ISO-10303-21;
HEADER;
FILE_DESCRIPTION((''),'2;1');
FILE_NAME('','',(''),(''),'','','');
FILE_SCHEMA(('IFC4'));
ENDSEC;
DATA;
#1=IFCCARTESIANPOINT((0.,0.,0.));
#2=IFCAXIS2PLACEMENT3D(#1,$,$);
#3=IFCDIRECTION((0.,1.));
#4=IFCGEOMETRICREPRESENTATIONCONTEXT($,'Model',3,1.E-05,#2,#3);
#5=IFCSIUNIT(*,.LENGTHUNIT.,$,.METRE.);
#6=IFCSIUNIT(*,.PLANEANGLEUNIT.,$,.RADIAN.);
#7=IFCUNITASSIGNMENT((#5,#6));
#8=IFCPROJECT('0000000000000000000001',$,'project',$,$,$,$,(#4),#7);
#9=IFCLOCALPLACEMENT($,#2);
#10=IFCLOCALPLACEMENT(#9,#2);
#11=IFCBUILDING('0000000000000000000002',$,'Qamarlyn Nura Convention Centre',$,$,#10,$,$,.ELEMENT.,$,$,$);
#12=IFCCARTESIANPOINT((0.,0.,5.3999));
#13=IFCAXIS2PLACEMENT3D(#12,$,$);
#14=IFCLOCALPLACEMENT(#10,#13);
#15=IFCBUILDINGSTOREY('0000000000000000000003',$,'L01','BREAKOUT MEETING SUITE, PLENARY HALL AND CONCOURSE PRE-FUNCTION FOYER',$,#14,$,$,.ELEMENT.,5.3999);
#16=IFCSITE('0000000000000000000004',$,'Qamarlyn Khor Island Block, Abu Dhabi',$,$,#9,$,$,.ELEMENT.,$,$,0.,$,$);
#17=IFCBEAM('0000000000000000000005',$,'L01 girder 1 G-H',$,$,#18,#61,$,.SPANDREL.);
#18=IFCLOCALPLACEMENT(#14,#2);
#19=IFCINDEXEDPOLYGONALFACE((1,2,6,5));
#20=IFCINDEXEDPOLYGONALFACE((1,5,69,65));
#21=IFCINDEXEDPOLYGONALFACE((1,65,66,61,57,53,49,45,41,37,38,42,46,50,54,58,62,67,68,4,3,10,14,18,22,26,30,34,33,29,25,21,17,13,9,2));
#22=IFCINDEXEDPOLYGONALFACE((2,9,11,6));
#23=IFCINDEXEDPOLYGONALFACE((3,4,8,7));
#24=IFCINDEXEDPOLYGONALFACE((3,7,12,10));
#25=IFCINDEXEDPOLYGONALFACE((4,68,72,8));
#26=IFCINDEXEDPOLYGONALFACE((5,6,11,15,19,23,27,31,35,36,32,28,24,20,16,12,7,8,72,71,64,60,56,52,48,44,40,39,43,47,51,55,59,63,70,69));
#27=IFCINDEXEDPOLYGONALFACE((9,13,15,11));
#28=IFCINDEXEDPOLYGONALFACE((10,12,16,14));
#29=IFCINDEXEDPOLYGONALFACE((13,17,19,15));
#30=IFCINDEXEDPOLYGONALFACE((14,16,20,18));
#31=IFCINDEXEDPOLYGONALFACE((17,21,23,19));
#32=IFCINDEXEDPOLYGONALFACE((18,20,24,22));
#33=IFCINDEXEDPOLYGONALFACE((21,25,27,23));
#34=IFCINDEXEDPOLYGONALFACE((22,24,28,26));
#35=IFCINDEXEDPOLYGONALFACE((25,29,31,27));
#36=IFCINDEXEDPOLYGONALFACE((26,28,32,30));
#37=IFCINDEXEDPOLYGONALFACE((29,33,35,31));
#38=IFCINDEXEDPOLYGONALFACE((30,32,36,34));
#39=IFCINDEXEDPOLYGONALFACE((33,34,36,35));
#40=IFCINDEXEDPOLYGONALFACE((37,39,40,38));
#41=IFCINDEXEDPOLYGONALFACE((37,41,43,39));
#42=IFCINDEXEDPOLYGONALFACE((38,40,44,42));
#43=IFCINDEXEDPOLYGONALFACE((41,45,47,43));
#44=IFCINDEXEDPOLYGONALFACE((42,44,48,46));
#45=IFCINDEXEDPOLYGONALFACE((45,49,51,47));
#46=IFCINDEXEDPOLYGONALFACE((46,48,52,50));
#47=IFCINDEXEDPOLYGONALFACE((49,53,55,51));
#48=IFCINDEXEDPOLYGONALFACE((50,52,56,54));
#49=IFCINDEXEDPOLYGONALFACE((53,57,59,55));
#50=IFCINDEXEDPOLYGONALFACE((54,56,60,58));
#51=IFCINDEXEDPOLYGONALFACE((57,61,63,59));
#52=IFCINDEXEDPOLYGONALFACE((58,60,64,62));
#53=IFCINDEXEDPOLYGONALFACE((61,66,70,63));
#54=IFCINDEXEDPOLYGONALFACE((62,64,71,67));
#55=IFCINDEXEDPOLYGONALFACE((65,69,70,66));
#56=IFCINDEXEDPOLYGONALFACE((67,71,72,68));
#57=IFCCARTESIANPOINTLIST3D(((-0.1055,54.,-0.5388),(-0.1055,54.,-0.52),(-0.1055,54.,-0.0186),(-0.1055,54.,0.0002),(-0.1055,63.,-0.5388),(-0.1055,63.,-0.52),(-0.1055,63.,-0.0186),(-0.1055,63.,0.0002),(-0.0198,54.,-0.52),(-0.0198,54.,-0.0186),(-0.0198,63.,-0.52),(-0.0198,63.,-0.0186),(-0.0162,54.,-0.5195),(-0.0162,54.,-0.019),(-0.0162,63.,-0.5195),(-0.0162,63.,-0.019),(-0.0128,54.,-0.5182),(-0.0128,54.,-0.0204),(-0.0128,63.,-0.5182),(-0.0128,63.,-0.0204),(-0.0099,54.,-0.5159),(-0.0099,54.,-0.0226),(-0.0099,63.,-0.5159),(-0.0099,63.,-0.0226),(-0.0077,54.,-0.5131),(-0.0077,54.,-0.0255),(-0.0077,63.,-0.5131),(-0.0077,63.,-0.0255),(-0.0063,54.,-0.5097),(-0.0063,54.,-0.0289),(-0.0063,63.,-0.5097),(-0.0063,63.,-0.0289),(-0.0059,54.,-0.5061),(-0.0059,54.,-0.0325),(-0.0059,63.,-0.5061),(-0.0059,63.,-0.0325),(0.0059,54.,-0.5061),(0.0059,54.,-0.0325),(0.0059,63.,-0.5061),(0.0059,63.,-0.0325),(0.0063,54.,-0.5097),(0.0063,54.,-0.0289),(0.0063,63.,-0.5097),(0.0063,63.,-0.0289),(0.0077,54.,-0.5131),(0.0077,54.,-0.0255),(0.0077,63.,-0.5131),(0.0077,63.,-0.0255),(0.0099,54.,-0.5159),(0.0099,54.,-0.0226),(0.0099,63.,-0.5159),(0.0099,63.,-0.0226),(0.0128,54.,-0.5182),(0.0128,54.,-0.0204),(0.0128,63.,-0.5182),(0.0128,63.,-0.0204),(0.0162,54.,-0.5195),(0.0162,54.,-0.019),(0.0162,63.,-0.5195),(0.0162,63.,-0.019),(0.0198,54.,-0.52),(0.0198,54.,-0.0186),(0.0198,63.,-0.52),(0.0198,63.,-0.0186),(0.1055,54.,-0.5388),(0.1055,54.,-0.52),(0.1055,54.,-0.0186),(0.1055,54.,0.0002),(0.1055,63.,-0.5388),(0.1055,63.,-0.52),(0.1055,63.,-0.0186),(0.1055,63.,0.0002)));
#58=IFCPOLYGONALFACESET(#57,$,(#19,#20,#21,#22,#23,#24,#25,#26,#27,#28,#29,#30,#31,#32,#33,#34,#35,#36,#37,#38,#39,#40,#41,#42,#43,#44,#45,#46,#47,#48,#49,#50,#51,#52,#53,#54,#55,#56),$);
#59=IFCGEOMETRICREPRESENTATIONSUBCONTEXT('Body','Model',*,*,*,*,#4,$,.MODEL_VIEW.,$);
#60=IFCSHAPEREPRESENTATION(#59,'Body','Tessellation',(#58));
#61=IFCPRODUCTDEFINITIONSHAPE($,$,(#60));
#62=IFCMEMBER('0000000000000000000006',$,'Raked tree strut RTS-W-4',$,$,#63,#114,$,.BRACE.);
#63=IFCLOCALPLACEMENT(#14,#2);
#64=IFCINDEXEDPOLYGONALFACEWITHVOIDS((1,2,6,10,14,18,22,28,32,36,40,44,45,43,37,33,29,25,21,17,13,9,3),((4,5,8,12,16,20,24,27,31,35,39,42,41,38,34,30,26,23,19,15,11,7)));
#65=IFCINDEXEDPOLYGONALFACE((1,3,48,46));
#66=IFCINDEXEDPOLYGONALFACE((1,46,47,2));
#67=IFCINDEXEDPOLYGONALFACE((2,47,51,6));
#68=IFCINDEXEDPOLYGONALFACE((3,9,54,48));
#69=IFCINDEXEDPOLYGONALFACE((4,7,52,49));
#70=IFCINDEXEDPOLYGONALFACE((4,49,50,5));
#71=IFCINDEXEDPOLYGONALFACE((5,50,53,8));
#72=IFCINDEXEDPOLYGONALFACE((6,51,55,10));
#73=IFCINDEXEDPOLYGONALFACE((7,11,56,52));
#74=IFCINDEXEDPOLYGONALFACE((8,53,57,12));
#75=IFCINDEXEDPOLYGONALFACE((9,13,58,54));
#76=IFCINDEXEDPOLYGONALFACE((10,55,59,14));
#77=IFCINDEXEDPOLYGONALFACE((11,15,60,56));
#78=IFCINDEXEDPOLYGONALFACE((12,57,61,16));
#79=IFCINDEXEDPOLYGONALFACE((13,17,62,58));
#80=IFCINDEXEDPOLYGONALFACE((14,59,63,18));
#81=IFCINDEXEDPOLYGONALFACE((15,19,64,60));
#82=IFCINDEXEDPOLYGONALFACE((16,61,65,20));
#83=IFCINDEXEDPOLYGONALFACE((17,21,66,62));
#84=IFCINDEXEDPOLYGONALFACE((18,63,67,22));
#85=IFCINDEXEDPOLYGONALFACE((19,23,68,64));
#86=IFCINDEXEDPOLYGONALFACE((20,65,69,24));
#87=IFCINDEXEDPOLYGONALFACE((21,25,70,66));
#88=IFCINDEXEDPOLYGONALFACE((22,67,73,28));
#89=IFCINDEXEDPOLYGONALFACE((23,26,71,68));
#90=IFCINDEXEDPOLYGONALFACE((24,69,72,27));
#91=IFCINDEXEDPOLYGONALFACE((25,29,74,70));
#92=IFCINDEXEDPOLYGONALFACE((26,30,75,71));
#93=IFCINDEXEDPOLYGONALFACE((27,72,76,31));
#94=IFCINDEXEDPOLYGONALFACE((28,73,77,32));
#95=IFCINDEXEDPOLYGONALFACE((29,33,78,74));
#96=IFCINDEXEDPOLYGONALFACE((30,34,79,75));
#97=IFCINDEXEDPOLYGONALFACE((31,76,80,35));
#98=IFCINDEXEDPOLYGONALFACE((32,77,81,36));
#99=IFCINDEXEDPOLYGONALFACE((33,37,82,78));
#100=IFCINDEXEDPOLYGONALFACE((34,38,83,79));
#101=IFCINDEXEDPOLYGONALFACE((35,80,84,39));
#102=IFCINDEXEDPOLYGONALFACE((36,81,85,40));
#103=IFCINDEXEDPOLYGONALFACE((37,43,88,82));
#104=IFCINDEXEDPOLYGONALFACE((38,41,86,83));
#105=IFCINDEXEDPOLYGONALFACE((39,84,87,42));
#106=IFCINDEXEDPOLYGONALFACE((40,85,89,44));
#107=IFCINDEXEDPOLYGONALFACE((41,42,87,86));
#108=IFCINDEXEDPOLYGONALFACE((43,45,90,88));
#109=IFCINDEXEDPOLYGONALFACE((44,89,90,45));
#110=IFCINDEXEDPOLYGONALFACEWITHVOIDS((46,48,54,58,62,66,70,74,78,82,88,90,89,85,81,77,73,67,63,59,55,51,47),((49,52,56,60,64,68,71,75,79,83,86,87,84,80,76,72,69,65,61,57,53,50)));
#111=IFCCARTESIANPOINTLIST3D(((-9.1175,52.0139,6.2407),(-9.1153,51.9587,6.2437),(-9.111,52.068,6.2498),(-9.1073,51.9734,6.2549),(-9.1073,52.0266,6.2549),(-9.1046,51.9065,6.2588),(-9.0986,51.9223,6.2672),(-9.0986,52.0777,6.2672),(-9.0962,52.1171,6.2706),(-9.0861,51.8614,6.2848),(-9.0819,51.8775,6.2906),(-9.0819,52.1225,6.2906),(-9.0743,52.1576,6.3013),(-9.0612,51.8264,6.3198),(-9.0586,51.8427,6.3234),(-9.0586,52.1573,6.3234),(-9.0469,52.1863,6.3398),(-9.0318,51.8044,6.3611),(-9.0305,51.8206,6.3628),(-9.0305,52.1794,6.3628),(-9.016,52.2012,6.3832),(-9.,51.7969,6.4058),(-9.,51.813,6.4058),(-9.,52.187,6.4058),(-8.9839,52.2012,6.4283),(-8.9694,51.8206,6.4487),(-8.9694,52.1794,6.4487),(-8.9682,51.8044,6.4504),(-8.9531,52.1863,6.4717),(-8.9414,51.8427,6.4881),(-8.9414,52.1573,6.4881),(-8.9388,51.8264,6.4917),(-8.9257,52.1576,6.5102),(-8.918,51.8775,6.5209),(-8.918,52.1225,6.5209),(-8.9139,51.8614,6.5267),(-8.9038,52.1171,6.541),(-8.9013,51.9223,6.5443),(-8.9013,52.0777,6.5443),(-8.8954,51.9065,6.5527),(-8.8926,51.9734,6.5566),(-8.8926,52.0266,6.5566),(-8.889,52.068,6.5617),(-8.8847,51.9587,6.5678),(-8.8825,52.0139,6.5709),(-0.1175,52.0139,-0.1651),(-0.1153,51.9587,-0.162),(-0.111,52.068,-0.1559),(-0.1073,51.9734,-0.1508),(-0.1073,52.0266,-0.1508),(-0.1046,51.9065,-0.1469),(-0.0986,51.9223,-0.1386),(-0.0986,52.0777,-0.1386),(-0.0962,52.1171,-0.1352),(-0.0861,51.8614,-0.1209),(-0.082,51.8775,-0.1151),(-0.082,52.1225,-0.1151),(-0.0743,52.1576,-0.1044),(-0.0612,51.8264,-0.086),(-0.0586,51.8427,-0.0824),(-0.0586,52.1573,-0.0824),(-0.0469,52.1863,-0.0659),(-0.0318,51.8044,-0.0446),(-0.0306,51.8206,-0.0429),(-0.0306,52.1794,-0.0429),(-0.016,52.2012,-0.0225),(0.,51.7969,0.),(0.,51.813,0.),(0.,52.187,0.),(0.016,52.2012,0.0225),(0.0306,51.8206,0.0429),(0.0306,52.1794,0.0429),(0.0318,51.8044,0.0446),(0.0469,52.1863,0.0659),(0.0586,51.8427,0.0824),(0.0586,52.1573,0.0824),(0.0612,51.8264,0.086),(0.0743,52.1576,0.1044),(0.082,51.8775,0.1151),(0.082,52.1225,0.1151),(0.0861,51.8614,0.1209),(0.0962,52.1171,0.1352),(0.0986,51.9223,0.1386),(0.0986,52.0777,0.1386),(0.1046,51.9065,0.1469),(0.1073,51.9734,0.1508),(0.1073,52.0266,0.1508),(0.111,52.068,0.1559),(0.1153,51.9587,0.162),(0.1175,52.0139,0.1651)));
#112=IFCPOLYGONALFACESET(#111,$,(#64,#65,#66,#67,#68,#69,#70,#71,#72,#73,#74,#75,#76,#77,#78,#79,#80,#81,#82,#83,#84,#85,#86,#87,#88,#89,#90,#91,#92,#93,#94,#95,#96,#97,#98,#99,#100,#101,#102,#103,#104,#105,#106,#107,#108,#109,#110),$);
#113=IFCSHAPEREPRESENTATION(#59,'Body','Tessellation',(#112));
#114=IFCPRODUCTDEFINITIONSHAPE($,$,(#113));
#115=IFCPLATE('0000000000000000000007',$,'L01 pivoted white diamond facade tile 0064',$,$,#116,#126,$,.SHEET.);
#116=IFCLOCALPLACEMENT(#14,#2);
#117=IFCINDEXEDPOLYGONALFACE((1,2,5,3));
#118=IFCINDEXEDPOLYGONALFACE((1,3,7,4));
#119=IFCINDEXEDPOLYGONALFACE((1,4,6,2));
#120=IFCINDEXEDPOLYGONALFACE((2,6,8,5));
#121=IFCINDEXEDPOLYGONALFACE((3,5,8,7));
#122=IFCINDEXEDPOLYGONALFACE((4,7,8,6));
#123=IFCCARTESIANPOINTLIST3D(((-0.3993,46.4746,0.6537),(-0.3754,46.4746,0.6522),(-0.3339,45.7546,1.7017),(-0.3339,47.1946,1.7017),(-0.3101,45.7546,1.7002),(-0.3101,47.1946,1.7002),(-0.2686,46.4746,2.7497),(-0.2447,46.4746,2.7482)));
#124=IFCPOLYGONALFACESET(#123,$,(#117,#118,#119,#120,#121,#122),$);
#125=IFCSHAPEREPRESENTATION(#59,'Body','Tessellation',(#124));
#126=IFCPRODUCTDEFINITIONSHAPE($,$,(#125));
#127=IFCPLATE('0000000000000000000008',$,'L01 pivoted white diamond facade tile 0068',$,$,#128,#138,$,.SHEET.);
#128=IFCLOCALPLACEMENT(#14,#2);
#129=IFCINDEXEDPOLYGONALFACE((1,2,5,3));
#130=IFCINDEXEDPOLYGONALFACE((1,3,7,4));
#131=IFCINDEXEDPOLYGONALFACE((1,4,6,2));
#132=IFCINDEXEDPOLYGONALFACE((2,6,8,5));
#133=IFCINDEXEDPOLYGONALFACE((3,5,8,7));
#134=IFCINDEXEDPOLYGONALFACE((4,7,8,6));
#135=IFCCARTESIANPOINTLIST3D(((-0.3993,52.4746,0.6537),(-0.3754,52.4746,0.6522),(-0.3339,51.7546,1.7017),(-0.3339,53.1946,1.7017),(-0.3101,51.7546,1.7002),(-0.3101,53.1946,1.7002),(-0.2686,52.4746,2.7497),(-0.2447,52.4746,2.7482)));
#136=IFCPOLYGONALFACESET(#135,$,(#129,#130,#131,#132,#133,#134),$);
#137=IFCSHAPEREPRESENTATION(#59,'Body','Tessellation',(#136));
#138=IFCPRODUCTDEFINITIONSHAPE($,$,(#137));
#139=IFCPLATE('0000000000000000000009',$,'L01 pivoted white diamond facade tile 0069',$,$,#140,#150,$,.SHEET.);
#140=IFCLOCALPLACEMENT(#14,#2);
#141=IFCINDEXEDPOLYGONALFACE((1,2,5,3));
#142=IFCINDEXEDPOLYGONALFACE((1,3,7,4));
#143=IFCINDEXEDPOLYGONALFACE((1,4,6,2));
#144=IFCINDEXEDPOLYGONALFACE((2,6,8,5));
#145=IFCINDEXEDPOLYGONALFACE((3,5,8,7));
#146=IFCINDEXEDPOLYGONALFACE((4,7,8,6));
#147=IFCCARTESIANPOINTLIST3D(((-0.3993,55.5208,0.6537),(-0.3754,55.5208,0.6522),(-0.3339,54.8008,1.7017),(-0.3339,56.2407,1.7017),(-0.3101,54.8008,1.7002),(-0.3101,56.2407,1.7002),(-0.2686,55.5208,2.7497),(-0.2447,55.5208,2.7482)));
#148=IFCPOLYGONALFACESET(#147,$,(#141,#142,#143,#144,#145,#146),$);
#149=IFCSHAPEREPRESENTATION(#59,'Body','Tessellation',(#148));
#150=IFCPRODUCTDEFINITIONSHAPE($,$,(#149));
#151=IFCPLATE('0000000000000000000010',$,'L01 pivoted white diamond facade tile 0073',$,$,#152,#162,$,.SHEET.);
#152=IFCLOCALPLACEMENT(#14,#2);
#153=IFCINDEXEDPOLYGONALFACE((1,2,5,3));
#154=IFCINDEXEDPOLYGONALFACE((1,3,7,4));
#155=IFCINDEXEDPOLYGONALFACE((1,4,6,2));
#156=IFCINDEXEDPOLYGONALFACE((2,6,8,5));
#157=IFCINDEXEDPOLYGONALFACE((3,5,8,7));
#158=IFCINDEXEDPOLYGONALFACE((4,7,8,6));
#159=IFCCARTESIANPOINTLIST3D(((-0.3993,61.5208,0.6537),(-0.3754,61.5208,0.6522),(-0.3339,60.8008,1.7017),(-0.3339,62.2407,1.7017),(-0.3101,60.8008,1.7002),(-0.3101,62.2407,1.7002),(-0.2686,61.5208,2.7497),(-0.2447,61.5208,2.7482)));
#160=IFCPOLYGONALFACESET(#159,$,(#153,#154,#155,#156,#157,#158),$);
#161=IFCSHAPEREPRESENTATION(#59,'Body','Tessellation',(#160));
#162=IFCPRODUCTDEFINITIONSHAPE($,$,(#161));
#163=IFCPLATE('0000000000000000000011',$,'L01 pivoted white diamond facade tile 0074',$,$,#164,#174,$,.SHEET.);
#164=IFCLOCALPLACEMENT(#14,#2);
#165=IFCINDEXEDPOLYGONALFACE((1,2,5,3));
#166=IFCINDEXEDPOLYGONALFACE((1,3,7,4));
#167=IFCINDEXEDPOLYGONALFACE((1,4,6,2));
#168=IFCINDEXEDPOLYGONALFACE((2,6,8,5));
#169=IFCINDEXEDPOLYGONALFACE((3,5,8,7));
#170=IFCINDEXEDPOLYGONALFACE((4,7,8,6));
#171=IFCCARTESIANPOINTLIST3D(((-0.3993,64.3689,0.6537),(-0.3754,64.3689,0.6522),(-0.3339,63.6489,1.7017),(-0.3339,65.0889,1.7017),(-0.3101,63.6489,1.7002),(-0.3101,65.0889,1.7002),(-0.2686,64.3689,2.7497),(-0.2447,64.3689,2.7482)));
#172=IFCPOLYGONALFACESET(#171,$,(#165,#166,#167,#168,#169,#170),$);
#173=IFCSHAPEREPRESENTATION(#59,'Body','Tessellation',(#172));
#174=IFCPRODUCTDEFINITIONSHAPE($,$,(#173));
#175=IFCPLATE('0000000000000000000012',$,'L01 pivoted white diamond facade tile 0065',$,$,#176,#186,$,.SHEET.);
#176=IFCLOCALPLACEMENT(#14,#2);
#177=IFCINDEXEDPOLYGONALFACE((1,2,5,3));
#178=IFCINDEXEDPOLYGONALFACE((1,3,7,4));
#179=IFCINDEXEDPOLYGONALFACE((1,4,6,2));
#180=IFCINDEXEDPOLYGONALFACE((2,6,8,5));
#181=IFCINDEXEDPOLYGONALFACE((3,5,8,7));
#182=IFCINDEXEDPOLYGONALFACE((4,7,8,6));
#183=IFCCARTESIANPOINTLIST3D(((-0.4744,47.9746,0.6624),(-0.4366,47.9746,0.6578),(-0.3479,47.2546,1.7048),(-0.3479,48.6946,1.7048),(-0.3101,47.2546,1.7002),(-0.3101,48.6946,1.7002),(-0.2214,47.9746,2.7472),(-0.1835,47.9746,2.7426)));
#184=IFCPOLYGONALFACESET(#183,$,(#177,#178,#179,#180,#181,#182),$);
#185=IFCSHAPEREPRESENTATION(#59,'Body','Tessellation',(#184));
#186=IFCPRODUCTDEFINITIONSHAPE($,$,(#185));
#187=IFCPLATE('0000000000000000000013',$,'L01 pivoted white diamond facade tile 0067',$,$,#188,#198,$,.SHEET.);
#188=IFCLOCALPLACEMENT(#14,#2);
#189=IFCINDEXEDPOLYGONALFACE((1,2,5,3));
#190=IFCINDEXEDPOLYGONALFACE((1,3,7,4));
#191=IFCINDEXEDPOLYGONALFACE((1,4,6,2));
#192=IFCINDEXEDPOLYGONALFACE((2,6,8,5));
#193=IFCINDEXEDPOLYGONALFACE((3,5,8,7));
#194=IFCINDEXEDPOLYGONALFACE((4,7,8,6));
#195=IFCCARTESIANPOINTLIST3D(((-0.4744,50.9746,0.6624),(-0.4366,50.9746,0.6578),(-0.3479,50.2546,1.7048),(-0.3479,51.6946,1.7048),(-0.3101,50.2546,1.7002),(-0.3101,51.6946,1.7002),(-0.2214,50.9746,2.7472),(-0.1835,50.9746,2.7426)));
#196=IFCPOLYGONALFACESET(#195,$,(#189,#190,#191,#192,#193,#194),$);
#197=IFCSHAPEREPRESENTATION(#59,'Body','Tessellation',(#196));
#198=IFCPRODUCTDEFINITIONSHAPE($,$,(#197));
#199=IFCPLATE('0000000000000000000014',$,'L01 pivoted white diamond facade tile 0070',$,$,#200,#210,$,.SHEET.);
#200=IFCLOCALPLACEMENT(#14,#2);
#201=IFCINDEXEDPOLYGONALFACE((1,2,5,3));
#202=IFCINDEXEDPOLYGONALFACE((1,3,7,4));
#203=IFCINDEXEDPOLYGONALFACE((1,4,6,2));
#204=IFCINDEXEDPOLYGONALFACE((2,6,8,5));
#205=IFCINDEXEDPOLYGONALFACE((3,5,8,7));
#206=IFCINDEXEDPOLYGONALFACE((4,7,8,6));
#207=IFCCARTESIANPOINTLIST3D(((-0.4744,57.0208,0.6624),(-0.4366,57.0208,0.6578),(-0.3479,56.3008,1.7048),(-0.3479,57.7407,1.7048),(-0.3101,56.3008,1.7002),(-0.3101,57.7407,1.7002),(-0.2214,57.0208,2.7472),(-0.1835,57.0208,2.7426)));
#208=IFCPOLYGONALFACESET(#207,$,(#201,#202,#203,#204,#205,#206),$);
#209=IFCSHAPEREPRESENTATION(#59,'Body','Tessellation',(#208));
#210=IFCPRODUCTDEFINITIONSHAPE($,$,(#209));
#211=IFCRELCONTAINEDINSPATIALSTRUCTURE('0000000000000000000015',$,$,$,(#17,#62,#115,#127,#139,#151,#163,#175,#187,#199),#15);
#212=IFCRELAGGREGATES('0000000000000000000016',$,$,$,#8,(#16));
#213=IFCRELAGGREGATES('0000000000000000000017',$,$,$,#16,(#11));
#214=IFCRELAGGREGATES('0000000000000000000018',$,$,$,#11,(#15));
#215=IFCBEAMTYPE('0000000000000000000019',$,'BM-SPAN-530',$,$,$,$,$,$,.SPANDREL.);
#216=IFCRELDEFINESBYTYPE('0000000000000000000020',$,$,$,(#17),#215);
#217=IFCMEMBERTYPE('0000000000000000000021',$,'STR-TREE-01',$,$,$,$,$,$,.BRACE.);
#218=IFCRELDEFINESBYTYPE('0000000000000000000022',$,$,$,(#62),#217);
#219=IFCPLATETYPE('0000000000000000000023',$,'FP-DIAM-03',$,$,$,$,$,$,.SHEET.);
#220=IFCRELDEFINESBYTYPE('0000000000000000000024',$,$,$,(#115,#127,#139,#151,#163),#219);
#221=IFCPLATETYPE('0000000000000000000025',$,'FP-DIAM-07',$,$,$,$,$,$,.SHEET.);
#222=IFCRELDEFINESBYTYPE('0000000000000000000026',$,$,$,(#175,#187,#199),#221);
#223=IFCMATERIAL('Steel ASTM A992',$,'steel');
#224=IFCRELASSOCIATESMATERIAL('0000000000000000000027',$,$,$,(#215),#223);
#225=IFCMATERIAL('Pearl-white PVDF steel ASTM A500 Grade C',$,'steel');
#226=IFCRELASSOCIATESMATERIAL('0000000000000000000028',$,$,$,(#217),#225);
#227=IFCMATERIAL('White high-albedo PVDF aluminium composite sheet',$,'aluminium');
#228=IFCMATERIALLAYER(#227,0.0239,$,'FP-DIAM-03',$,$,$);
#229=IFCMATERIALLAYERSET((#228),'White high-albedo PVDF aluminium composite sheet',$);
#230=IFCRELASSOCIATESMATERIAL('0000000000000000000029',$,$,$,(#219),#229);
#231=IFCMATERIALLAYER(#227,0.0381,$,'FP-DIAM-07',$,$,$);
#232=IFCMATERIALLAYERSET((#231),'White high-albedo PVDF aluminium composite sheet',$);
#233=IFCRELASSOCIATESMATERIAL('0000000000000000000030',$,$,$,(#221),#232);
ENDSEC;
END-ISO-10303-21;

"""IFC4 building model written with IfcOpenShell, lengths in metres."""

from ifc_helpers import new_model, si_unit, direction, frame, origin, origin_2d, place, context, subcontext, project, spatial, polyline, hollow_circle, i_section, outline, extrude, material, layer, layer_set, material_profile, profile_set, type_object, element, save


model = new_model("IFC4")

# Units and contexts
model_context = context("Model", 3, precision=1e-05, world=origin(), true_north=direction((0.0, 1.0)))
body_context = subcontext(model_context, "Body", "Model", "MODEL_VIEW")
ifc_project = project(units=[si_unit("LENGTHUNIT", "METRE"), si_unit("PLANEANGLEUNIT", "RADIAN")], contexts=[model_context])

# Site, building, storey
site_placement = place(None, origin())
site = spatial("IfcSite", under=ifc_project, at=site_placement, Name="Qamarlyn Khor Island Block, Abu Dhabi", CompositionType="ELEMENT", RefElevation=0.0)
building_placement = place(site_placement, origin())
building = spatial("IfcBuilding", under=site, at=building_placement, Name="Qamarlyn Nura Convention Centre", CompositionType="ELEMENT")
storey_placement = place(building_placement, frame((0.0, 0.0, 5.3999)))
storey = spatial("IfcBuildingStorey", under=building, at=storey_placement, Name="L01", Description="BREAKOUT MEETING SUITE, PLENARY HALL AND CONCOURSE PRE-FUNCTION FOYER", CompositionType="ELEMENT", Elevation=5.3999)

# Shared definitions
ifc_material_1 = material(Name="Pearl-white PVDF steel ASTM A500 Grade C", Category="steel")
ifc_material_2 = material(Name="Steel ASTM A992", Category="steel")

# Beam
ifc_material_profile_1 = material_profile(ifc_material_2, i_section(OverallWidth=0.2109, OverallDepth=0.5391, WebThickness=0.0117, FlangeThickness=0.0188, FilletRadius=0.0139, at=origin_2d()), Name="W530X109")
ifc_profile_set_1 = profile_set([ifc_material_profile_1], Name="Steel ASTM A992")
beam_type_1 = type_object("IfcBeamType", Name="BM-SPAN-530", PredefinedType="SPANDREL", material=ifc_profile_set_1)
beam_1_placement = place(storey_placement, frame((0.0, 54.0, -0.2693), z_axis=(0.0, 1.0, 0.0), x_axis=(-1.0, 0.0, 0.0)))
element("IfcBeam", 1, at=beam_1_placement, inside=storey, type_object=beam_type_1, Name="L01 girder 1 G-H", PredefinedType="SPANDREL", context=body_context, shape_type="SweptSolid", body=[
    extrude(i_section(OverallWidth=0.2109, OverallDepth=0.5391, WebThickness=0.0117, FlangeThickness=0.0188, FilletRadius=0.0139, at=origin_2d()), origin(), (0.0, 0.0, 1.0), 9.0),
])

# Member
ifc_material_profile_2 = material_profile(ifc_material_1, hollow_circle(Radius=0.2031, WallThickness=0.0161, at=origin_2d()), Name="CHS406.4X16")
ifc_profile_set_2 = profile_set([ifc_material_profile_2], Name="Pearl-white PVDF steel ASTM A500 Grade C")
member_type = type_object("IfcMemberType", Name="STR-TREE-01", PredefinedType="BRACE", material=ifc_profile_set_2)
member_placement = place(storey_placement, frame((0.0, 52.0, 0.0), z_axis=(-0.814709, 0.0, 0.57987), x_axis=(0.0, -1.0, 0.0)))
element("IfcMember", 2, at=member_placement, inside=storey, type_object=member_type, Name="Raked tree strut RTS-W-4", PredefinedType="BRACE", context=body_context, shape_type="SweptSolid", body=[
    extrude(hollow_circle(Radius=0.2031, WallThickness=0.0161, at=origin_2d()), origin(), (0.0, 0.0, 1.0), 11.0469),
])

# Plates
ifc_material_3 = material(Name="White high-albedo PVDF aluminium composite sheet", Category="aluminium")
ifc_layer_1 = layer(ifc_material_3, 0.0239, Name="FP-DIAM-03")
ifc_layer_set_1 = layer_set([ifc_layer_1], Name="White high-albedo PVDF aluminium composite sheet")
plate_type_1 = type_object("IfcPlateType", Name="FP-DIAM-03", PredefinedType="SHEET", material=ifc_layer_set_1)
for number, where, z_axis, x_axis, name in (
    (3, (-0.3101, 46.4746, 1.7002), (-0.998059, 0.0, 0.062268), (0.0, -1.0, 0.0), "L01 pivoted white diamond facade tile 0064"),
    (4, (-0.3101, 52.4746, 1.7002), (-0.998059, 0.0, 0.062268), (0.0, -1.0, 0.0), "L01 pivoted white diamond facade tile 0068"),
    (5, (-0.3101, 55.5208, 1.7002), (-0.998059, 0.0, 0.062268), (0.0, -1.0, 0.0), "L01 pivoted white diamond facade tile 0069"),
    (6, (-0.3101, 61.5208, 1.7002), (-0.998059, 0.0, 0.062268), (0.0, -1.0, 0.0), "L01 pivoted white diamond facade tile 0073"),
    (7, (-0.3101, 64.3689, 1.7002), (-0.998059, 0.0, 0.062268), (0.0, -1.0, 0.0), "L01 pivoted white diamond facade tile 0074"),
):
    element("IfcPlate", number, at=place(storey_placement, frame(where, z_axis=z_axis, x_axis=x_axis)), inside=storey, type_object=plate_type_1, Name=name, PredefinedType="SHEET", context=body_context, shape_type="SweptSolid", body=[
        extrude(outline(polyline([(-0.72, 0.0), (0.0, -1.05), (0.72, 0.0), (0.0, 1.05), (-0.72, 0.0)])), origin(), (0.0, 0.0, 1.0), 0.0239),
    ])
ifc_layer_2 = layer(ifc_material_3, 0.0381, Name="FP-DIAM-07")
ifc_layer_set_2 = layer_set([ifc_layer_2], Name="White high-albedo PVDF aluminium composite sheet")
plate_type_2 = type_object("IfcPlateType", Name="FP-DIAM-07", PredefinedType="SHEET", material=ifc_layer_set_2)
for number, where, z_axis, x_axis, name in (
    (8, (-0.3101, 47.9746, 1.7002), (-0.992715, 0.0, 0.120483), (0.0, -1.0, 0.0), "L01 pivoted white diamond facade tile 0065"),
    (9, (-0.3101, 50.9746, 1.7002), (-0.992715, 0.0, 0.120483), (0.0, -1.0, 0.0), "L01 pivoted white diamond facade tile 0067"),
    (10, (-0.3101, 57.0208, 1.7002), (-0.992715, 0.0, 0.120483), (0.0, -1.0, 0.0), "L01 pivoted white diamond facade tile 0070"),
):
    element("IfcPlate", number, at=place(storey_placement, frame(where, z_axis=z_axis, x_axis=x_axis)), inside=storey, type_object=plate_type_2, Name=name, PredefinedType="SHEET", context=body_context, shape_type="SweptSolid", body=[
        extrude(outline(polyline([(-0.72, 0.0), (0.0, -1.05), (0.72, 0.0), (0.0, 1.05), (-0.72, 0.0)])), origin(), (0.0, 0.0, 1.0), 0.0381),
    ])

save(model, "model.ifc")
